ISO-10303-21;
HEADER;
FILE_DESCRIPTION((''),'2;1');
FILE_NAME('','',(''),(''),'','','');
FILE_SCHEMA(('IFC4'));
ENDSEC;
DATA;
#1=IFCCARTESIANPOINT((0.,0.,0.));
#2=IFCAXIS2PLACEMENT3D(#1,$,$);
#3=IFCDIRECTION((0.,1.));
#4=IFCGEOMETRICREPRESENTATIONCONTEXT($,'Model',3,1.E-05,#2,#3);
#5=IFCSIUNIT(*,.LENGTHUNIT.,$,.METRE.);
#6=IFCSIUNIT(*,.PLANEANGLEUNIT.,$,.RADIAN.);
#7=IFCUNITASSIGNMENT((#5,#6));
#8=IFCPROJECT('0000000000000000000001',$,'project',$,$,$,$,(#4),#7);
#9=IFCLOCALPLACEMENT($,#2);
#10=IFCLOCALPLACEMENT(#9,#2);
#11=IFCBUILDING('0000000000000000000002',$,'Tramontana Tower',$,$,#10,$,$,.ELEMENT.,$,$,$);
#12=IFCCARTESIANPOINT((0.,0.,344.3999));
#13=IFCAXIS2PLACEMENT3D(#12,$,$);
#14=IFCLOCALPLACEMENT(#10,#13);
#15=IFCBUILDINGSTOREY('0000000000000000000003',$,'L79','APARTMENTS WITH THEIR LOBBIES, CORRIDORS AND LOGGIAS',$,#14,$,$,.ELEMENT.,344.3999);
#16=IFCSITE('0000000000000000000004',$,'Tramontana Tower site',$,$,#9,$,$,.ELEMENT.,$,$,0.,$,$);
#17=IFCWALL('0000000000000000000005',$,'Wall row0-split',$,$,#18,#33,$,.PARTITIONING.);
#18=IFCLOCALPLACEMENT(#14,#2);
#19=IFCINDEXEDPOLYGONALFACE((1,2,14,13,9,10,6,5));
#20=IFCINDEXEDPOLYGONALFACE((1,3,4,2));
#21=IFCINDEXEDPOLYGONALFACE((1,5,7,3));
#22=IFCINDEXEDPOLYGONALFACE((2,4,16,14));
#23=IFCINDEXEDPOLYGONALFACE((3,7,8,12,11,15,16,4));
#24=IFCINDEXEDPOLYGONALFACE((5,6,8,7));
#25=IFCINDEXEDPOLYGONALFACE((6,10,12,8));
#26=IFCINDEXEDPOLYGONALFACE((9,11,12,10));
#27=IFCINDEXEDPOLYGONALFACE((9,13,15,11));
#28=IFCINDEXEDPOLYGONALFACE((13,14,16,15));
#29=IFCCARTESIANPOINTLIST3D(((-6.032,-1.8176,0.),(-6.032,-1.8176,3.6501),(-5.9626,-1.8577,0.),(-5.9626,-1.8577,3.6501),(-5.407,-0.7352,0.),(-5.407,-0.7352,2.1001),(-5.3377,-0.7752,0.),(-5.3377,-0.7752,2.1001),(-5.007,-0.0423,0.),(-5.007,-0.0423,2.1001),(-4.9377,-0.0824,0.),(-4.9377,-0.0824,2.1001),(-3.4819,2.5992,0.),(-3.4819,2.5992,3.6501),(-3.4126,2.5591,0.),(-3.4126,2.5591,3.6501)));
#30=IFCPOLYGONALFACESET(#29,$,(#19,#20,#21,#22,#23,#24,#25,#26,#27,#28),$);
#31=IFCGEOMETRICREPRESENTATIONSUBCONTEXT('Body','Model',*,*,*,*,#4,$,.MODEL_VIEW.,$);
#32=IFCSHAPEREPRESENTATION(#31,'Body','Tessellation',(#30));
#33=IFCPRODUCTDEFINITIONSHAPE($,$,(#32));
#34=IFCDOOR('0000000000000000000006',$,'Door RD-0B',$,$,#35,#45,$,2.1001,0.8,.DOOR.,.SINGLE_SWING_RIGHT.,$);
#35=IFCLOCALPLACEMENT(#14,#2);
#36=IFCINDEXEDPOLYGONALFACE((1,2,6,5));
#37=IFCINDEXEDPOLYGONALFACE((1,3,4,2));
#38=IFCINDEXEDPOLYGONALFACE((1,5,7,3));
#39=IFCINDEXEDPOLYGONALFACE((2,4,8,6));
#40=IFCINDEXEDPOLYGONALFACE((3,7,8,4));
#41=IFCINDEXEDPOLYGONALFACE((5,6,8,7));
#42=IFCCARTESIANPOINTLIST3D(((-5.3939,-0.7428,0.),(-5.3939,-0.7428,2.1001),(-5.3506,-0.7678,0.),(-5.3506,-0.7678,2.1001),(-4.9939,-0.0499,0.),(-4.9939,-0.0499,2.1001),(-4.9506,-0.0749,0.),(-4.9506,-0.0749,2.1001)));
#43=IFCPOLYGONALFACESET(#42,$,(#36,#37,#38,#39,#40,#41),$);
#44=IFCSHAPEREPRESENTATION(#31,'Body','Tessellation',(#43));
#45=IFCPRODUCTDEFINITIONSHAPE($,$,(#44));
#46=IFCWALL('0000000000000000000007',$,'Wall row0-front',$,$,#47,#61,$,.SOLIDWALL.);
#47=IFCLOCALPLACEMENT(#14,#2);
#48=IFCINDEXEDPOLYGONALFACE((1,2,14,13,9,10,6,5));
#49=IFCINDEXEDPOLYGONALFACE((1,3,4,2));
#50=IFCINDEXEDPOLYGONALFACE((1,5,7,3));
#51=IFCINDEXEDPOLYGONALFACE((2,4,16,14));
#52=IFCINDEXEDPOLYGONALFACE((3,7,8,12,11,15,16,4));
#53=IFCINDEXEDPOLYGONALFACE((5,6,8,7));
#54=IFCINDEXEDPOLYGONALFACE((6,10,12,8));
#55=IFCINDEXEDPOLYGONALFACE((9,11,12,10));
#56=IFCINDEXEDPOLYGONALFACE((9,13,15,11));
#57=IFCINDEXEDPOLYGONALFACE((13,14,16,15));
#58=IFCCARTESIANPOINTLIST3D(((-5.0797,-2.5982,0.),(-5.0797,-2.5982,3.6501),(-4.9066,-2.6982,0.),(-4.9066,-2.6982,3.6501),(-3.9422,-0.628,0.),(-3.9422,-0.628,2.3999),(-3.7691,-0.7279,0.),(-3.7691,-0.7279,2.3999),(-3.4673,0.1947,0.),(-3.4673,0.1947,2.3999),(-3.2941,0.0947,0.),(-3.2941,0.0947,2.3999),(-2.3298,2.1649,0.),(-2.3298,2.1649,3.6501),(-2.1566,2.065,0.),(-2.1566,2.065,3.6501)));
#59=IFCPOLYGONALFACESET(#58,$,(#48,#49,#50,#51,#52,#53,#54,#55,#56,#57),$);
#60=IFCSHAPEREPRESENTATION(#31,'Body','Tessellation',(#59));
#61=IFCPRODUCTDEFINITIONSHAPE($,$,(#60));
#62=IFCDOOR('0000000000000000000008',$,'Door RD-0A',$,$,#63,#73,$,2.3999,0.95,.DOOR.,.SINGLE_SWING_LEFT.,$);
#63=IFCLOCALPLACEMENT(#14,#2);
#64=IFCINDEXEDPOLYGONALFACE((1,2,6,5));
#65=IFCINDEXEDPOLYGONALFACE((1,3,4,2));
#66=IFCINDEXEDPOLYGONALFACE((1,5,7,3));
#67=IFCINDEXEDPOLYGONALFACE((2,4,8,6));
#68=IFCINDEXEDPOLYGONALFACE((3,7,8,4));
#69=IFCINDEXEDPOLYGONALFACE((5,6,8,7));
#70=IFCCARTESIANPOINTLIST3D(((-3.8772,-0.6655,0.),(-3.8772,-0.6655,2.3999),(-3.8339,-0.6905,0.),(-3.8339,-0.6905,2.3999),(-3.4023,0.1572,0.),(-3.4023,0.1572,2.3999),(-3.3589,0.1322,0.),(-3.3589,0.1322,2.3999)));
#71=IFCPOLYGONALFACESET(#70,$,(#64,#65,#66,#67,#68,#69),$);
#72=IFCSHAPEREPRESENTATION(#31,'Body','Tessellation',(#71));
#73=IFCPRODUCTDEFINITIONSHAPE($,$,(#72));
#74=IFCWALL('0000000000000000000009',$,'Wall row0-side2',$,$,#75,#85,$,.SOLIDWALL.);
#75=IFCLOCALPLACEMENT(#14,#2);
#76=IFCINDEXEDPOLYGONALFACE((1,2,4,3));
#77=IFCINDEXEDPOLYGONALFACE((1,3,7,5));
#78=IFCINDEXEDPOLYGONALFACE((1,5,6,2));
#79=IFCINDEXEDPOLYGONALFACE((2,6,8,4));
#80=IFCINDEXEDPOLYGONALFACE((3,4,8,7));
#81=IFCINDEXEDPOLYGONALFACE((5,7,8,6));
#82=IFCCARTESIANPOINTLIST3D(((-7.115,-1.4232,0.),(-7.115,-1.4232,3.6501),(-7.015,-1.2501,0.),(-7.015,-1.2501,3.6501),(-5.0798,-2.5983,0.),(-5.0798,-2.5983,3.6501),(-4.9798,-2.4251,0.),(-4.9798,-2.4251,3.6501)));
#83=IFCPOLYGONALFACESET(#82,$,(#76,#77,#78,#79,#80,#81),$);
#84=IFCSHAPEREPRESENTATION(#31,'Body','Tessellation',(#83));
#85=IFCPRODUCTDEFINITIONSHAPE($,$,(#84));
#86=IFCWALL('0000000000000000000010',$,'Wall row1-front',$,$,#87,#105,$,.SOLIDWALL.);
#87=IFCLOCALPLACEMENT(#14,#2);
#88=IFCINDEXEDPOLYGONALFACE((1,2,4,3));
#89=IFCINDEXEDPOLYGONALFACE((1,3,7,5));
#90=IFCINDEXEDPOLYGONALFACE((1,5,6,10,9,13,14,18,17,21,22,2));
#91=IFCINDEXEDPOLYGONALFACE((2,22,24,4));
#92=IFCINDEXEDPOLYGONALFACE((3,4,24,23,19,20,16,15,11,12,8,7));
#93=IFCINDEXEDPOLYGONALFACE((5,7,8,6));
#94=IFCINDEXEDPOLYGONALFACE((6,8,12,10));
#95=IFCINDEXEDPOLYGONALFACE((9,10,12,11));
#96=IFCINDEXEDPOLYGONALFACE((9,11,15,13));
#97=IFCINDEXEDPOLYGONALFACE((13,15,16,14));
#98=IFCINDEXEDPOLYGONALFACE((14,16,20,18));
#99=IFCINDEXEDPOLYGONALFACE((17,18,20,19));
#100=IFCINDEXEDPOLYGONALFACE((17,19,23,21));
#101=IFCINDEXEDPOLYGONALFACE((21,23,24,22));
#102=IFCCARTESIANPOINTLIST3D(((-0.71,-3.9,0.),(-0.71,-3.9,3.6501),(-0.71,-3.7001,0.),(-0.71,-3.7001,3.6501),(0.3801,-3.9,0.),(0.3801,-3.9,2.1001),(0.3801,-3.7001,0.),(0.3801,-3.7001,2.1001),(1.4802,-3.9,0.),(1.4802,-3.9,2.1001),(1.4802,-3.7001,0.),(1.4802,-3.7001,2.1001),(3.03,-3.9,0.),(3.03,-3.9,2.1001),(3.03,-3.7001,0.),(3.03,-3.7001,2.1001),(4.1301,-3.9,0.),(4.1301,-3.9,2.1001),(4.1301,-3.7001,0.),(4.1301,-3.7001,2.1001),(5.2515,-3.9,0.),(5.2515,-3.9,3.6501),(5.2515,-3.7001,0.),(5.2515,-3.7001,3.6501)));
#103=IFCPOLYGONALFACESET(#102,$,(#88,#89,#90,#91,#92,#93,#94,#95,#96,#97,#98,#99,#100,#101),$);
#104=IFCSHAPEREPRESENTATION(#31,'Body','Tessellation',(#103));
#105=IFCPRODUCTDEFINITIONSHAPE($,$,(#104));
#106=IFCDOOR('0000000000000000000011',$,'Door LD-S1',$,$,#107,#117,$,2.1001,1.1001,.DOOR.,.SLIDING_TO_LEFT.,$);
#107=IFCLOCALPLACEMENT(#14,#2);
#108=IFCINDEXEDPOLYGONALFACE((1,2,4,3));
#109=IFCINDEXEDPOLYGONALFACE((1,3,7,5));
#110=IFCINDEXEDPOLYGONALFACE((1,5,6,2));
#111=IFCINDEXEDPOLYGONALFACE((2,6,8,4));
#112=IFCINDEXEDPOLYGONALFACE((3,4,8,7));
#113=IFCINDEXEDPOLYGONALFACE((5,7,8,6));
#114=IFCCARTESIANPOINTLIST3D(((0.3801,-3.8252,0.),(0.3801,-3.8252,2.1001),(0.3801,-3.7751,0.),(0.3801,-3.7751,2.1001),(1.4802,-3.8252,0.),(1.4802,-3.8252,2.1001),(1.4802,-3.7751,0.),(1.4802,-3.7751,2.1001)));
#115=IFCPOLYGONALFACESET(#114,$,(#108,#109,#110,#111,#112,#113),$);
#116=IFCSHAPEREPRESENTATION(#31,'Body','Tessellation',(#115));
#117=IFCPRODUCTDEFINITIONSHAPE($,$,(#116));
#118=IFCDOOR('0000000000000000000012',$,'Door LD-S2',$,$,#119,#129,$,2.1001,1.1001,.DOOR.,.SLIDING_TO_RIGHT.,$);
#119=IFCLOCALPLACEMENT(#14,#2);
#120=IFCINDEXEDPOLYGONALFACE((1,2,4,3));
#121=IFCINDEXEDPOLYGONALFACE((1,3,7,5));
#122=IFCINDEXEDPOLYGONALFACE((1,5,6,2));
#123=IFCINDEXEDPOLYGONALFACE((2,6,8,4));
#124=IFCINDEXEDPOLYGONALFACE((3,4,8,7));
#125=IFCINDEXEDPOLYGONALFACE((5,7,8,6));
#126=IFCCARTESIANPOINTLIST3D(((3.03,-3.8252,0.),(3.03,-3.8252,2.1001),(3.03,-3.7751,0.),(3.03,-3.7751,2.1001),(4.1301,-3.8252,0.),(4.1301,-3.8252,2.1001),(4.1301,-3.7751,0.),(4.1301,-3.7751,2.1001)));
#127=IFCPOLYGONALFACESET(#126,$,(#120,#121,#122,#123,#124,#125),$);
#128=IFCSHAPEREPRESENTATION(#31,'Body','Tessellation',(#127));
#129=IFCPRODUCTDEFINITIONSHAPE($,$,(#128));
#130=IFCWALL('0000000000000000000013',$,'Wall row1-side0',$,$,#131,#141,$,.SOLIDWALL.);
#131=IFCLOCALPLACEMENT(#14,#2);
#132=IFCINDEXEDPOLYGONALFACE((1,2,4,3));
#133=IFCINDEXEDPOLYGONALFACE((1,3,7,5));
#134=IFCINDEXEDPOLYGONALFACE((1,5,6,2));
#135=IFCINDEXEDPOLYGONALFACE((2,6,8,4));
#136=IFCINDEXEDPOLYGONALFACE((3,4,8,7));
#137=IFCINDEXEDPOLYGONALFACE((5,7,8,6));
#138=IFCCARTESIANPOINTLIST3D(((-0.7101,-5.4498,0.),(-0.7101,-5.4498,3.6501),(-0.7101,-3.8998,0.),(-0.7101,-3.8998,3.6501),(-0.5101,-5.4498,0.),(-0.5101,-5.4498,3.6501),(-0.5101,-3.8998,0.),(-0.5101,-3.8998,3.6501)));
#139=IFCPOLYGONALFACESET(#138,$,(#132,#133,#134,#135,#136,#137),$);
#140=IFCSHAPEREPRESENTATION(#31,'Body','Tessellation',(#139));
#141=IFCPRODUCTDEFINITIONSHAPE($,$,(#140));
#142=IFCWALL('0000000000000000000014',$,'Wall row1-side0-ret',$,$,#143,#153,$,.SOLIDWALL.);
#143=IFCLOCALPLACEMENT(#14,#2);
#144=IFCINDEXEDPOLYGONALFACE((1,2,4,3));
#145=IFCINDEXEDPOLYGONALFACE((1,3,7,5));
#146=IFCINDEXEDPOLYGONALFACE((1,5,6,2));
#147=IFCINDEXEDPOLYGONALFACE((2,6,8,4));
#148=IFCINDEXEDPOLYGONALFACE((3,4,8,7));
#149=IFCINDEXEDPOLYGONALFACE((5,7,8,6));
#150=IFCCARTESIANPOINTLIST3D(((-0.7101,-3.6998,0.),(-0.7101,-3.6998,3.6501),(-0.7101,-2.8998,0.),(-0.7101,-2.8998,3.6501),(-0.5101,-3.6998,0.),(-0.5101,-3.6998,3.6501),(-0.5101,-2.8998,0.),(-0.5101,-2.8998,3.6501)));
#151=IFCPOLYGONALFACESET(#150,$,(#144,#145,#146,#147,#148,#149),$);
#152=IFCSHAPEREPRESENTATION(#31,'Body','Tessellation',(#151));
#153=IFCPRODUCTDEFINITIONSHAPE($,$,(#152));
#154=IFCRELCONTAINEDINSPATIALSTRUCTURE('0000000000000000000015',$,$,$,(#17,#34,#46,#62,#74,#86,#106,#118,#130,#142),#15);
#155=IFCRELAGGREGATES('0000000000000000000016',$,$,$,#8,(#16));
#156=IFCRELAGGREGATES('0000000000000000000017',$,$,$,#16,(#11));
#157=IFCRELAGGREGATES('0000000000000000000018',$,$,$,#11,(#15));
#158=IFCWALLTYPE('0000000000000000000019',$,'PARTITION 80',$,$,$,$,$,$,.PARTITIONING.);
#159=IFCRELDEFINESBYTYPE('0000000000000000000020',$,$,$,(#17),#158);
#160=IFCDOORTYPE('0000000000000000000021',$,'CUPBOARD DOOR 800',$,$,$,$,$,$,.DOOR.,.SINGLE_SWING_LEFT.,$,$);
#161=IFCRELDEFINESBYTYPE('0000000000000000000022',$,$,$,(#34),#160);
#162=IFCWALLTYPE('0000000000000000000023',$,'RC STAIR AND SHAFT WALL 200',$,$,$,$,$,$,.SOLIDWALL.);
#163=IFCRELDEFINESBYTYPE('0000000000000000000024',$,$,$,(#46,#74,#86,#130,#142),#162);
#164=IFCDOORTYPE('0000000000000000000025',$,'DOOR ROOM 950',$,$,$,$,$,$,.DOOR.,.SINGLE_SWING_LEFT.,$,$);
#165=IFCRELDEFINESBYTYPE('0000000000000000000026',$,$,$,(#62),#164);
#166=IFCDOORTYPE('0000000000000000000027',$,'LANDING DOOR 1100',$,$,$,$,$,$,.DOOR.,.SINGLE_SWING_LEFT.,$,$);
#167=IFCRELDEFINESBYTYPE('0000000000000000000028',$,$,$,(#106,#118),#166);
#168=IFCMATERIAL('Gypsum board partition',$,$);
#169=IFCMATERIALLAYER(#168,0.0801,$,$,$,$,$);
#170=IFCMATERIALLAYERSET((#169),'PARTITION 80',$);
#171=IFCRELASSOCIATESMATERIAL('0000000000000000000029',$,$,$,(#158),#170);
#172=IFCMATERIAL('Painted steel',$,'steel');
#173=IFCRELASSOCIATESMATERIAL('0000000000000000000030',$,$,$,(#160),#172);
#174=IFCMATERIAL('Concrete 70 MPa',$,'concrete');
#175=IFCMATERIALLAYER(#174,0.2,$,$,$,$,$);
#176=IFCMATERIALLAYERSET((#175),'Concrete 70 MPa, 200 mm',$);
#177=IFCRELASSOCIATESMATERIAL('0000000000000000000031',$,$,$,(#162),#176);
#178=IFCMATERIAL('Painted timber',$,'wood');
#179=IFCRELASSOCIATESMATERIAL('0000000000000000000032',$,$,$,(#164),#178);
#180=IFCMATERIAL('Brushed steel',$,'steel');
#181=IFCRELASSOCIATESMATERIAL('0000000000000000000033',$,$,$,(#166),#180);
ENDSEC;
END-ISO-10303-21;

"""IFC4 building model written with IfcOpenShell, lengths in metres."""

from ifc_helpers import new_model, si_unit, direction, frame, frame_2d, origin, place, context, subcontext, project, spatial, rectangle, extrude, material, layer, layer_set, type_object, element, fill, save


model = new_model("IFC4")

# Units and contexts
model_context = context("Model", 3, precision=1e-05, world=origin(), true_north=direction((0.0, 1.0)))
body_context = subcontext(model_context, "Body", "Model", "MODEL_VIEW")
ifc_project = project(units=[si_unit("LENGTHUNIT", "METRE"), si_unit("PLANEANGLEUNIT", "RADIAN")], contexts=[model_context])

# Site, building, storey
site_placement = place(None, origin())
site = spatial("IfcSite", under=ifc_project, at=site_placement, Name="Tramontana Tower site", CompositionType="ELEMENT", RefElevation=0.0)
building_placement = place(site_placement, origin())
building = spatial("IfcBuilding", under=site, at=building_placement, Name="Tramontana Tower", CompositionType="ELEMENT")
storey_placement = place(building_placement, frame((0.0, 0.0, 344.3999)))
storey = spatial("IfcBuildingStorey", under=building, at=storey_placement, Name="L79", Description="APARTMENTS WITH THEIR LOBBIES, CORRIDORS AND LOGGIAS", CompositionType="ELEMENT", Elevation=344.3999)

# Walls, openings, doors
ifc_material_1 = material(Name="Gypsum board partition")
ifc_layer_1 = layer(ifc_material_1, 0.0801)
ifc_layer_set_1 = layer_set([ifc_layer_1], Name="PARTITION 80")
wall_type_1 = type_object("IfcWallType", Name="PARTITION 80", PredefinedType="PARTITIONING", material=ifc_layer_set_1)
wall_1_placement = place(storey_placement, frame((-5.9973, -1.8376, 0.0), z_axis=(0.0, 0.0, 1.0), x_axis=(0.500006, 0.866022, 0.0)))
wall_1 = element("IfcWall", 1, at=wall_1_placement, inside=storey, type_object=wall_type_1, Name="Wall row0-split", PredefinedType="PARTITIONING", context=body_context, shape_type="SweptSolid", body=[
    extrude(rectangle(XDim=5.1001, YDim=0.0801, at=frame_2d((2.55, 0.0))), origin(), (0.0, 0.0, 1.0), 3.6501),
])
opening_1_placement = place(wall_1_placement, frame((1.25, 0.0, 0.0)))
opening_1 = element("IfcOpeningElement", 2, at=opening_1_placement, cuts=wall_1, PredefinedType="OPENING", context=body_context, shape_type="SweptSolid", body=[
    extrude(rectangle(XDim=0.8, YDim=2.1001, at=frame_2d((0.3999, 1.05))), frame((0.0, 0.05, 0.0), z_axis=(0.0, -1.0, 0.0), x_axis=(1.0, 0.0, 0.0)), (0.0, 0.0, 1.0), 0.1001),
])
ifc_material_2 = material(Name="Painted steel", Category="steel")
door_type_1 = type_object("IfcDoorType", Name="CUPBOARD DOOR 800", OperationType="SINGLE_SWING_LEFT", PredefinedType="DOOR", material=ifc_material_2)
door_1_placement = place(opening_1_placement, origin())
door_1 = element("IfcDoor", 3, at=door_1_placement, inside=storey, type_object=door_type_1, Name="Door RD-0B", OperationType="SINGLE_SWING_RIGHT", OverallHeight=2.1001, OverallWidth=0.8, PredefinedType="DOOR", context=body_context, shape_type="SweptSolid", body=[
    extrude(rectangle(XDim=0.8, YDim=2.1001, at=frame_2d((0.3999, 1.05))), frame((0.0, 0.0249, 0.0), z_axis=(0.0, -1.0, 0.0), x_axis=(1.0, 0.0, 0.0)), (0.0, 0.0, 1.0), 0.05),
])
fill(opening_1, door_1)
ifc_material_3 = material(Name="Concrete 70 MPa", Category="concrete")
ifc_layer_2 = layer(ifc_material_3, 0.2)
ifc_layer_set_2 = layer_set([ifc_layer_2], Name="Concrete 70 MPa, 200 mm")
wall_type_2 = type_object("IfcWallType", Name="RC STAIR AND SHAFT WALL 200", PredefinedType="SOLIDWALL", material=ifc_layer_set_2)
wall_2_placement = place(storey_placement, frame((-4.9932, -2.6482, 0.0), z_axis=(0.0, 0.0, 1.0), x_axis=(0.499997, 0.866027, 0.0)))
wall_2 = element("IfcWall", 4, at=wall_2_placement, inside=storey, type_object=wall_type_2, Name="Wall row0-front", PredefinedType="SOLIDWALL", context=body_context, shape_type="SweptSolid", body=[
    extrude(rectangle(XDim=5.5, YDim=0.2, at=frame_2d((2.75, 0.0))), origin(), (0.0, 0.0, 1.0), 3.6501),
])
opening_2_placement = place(wall_2_placement, frame((2.2749, 0.0, 0.0)))
opening_2 = element("IfcOpeningElement", 5, at=opening_2_placement, cuts=wall_2, PredefinedType="OPENING", context=body_context, shape_type="SweptSolid", body=[
    extrude(rectangle(XDim=0.95, YDim=2.3999, at=frame_2d((0.4751, 1.2))), frame((0.0, 0.1099, 0.0), z_axis=(0.0, -1.0, 0.0), x_axis=(1.0, 0.0, 0.0)), (0.0, 0.0, 1.0), 0.22),
])
ifc_material_4 = material(Name="Painted timber", Category="wood")
door_type_2 = type_object("IfcDoorType", Name="DOOR ROOM 950", OperationType="SINGLE_SWING_LEFT", PredefinedType="DOOR", material=ifc_material_4)
door_2_placement = place(opening_2_placement, origin())
door_2 = element("IfcDoor", 6, at=door_2_placement, inside=storey, type_object=door_type_2, Name="Door RD-0A", OperationType="SINGLE_SWING_LEFT", OverallHeight=2.3999, OverallWidth=0.95, PredefinedType="DOOR", context=body_context, shape_type="SweptSolid", body=[
    extrude(rectangle(XDim=0.95, YDim=2.3999, at=frame_2d((0.4751, 1.2))), frame((0.0, 0.0249, 0.0), z_axis=(0.0, -1.0, 0.0), x_axis=(1.0, 0.0, 0.0)), (0.0, 0.0, 1.0), 0.05),
])
fill(opening_2, door_2)

# Wall
wall_3_placement = place(storey_placement, frame((-5.0298, -2.5117, 0.0), z_axis=(0.0, 0.0, 1.0), x_axis=(-0.866016, 0.500016, 0.0)))
element("IfcWall", 7, at=wall_3_placement, inside=storey, type_object=wall_type_2, Name="Wall row0-side2", PredefinedType="SOLIDWALL", context=body_context, shape_type="SweptSolid", body=[
    extrude(rectangle(XDim=2.3501, YDim=0.2, at=frame_2d((1.175, 0.0))), origin(), (0.0, 0.0, 1.0), 3.6501),
])

# Wall, openings, doors
wall_4_placement = place(storey_placement, frame((-0.71, -3.8, 0.0), z_axis=(0.0, 0.0, 1.0), x_axis=(1.0, 0.0, 0.0)))
wall_4 = element("IfcWall", 8, at=wall_4_placement, inside=storey, type_object=wall_type_2, Name="Wall row1-front", PredefinedType="SOLIDWALL", context=body_context, shape_type="SweptSolid", body=[
    extrude(rectangle(XDim=5.9614, YDim=0.2, at=frame_2d((2.9807, 0.0))), origin(), (0.0, 0.0, 1.0), 3.6501),
])
opening_3_placement = place(wall_4_placement, frame((1.0901, 0.0, 0.0)))
opening_3 = element("IfcOpeningElement", 9, at=opening_3_placement, cuts=wall_4, PredefinedType="OPENING", context=body_context, shape_type="SweptSolid", body=[
    extrude(rectangle(XDim=1.1001, YDim=2.1001, at=frame_2d((0.55, 1.05))), frame((0.0, 0.1099, 0.0), z_axis=(0.0, -1.0, 0.0), x_axis=(1.0, 0.0, 0.0)), (0.0, 0.0, 1.0), 0.22),
])
opening_4_placement = place(wall_4_placement, frame((3.74, 0.0, 0.0)))
opening_4 = element("IfcOpeningElement", 10, at=opening_4_placement, cuts=wall_4, PredefinedType="OPENING", context=body_context, shape_type="SweptSolid", body=[
    extrude(rectangle(XDim=1.1001, YDim=2.1001, at=frame_2d((0.55, 1.05))), frame((0.0, 0.1099, 0.0), z_axis=(0.0, -1.0, 0.0), x_axis=(1.0, 0.0, 0.0)), (0.0, 0.0, 1.0), 0.22),
])
ifc_material_5 = material(Name="Brushed steel", Category="steel")
door_type_3 = type_object("IfcDoorType", Name="LANDING DOOR 1100", OperationType="SINGLE_SWING_LEFT", PredefinedType="DOOR", material=ifc_material_5)
door_3_placement = place(opening_3_placement, origin())
door_3 = element("IfcDoor", 11, at=door_3_placement, inside=storey, type_object=door_type_3, Name="Door LD-S1", OperationType="SLIDING_TO_LEFT", OverallHeight=2.1001, OverallWidth=1.1001, PredefinedType="DOOR", context=body_context, shape_type="SweptSolid", body=[
    extrude(rectangle(XDim=1.1001, YDim=2.1001, at=frame_2d((0.55, 1.05))), frame((0.0, 0.0249, 0.0), z_axis=(0.0, -1.0, 0.0), x_axis=(1.0, 0.0, 0.0)), (0.0, 0.0, 1.0), 0.05),
])
fill(opening_3, door_3)
door_4_placement = place(opening_4_placement, origin())
door_4 = element("IfcDoor", 12, at=door_4_placement, inside=storey, type_object=door_type_3, Name="Door LD-S2", OperationType="SLIDING_TO_RIGHT", OverallHeight=2.1001, OverallWidth=1.1001, PredefinedType="DOOR", context=body_context, shape_type="SweptSolid", body=[
    extrude(rectangle(XDim=1.1001, YDim=2.1001, at=frame_2d((0.55, 1.05))), frame((0.0, 0.0249, 0.0), z_axis=(0.0, -1.0, 0.0), x_axis=(1.0, 0.0, 0.0)), (0.0, 0.0, 1.0), 0.05),
])
fill(opening_4, door_4)

# Walls
wall_5_placement = place(storey_placement, frame((-0.6101, -3.8999, 0.0), z_axis=(0.0, 0.0, 1.0), x_axis=(0.0, -1.0, 0.0)))
element("IfcWall", 13, at=wall_5_placement, inside=storey, type_object=wall_type_2, Name="Wall row1-side0", PredefinedType="SOLIDWALL", context=body_context, shape_type="SweptSolid", body=[
    extrude(rectangle(XDim=1.55, YDim=0.2, at=frame_2d((0.7749, 0.0))), origin(), (0.0, 0.0, 1.0), 3.6501),
])
wall_6_placement = place(storey_placement, frame((-0.6101, -2.8999, 0.0), z_axis=(0.0, 0.0, 1.0), x_axis=(0.0, -1.0, 0.0)))
element("IfcWall", 14, at=wall_6_placement, inside=storey, type_object=wall_type_2, Name="Wall row1-side0-ret", PredefinedType="SOLIDWALL", context=body_context, shape_type="SweptSolid", body=[
    extrude(rectangle(XDim=0.8, YDim=0.2, at=frame_2d((0.3999, 0.0))), origin(), (0.0, 0.0, 1.0), 3.6501),
])

save(model, "model.ifc")
